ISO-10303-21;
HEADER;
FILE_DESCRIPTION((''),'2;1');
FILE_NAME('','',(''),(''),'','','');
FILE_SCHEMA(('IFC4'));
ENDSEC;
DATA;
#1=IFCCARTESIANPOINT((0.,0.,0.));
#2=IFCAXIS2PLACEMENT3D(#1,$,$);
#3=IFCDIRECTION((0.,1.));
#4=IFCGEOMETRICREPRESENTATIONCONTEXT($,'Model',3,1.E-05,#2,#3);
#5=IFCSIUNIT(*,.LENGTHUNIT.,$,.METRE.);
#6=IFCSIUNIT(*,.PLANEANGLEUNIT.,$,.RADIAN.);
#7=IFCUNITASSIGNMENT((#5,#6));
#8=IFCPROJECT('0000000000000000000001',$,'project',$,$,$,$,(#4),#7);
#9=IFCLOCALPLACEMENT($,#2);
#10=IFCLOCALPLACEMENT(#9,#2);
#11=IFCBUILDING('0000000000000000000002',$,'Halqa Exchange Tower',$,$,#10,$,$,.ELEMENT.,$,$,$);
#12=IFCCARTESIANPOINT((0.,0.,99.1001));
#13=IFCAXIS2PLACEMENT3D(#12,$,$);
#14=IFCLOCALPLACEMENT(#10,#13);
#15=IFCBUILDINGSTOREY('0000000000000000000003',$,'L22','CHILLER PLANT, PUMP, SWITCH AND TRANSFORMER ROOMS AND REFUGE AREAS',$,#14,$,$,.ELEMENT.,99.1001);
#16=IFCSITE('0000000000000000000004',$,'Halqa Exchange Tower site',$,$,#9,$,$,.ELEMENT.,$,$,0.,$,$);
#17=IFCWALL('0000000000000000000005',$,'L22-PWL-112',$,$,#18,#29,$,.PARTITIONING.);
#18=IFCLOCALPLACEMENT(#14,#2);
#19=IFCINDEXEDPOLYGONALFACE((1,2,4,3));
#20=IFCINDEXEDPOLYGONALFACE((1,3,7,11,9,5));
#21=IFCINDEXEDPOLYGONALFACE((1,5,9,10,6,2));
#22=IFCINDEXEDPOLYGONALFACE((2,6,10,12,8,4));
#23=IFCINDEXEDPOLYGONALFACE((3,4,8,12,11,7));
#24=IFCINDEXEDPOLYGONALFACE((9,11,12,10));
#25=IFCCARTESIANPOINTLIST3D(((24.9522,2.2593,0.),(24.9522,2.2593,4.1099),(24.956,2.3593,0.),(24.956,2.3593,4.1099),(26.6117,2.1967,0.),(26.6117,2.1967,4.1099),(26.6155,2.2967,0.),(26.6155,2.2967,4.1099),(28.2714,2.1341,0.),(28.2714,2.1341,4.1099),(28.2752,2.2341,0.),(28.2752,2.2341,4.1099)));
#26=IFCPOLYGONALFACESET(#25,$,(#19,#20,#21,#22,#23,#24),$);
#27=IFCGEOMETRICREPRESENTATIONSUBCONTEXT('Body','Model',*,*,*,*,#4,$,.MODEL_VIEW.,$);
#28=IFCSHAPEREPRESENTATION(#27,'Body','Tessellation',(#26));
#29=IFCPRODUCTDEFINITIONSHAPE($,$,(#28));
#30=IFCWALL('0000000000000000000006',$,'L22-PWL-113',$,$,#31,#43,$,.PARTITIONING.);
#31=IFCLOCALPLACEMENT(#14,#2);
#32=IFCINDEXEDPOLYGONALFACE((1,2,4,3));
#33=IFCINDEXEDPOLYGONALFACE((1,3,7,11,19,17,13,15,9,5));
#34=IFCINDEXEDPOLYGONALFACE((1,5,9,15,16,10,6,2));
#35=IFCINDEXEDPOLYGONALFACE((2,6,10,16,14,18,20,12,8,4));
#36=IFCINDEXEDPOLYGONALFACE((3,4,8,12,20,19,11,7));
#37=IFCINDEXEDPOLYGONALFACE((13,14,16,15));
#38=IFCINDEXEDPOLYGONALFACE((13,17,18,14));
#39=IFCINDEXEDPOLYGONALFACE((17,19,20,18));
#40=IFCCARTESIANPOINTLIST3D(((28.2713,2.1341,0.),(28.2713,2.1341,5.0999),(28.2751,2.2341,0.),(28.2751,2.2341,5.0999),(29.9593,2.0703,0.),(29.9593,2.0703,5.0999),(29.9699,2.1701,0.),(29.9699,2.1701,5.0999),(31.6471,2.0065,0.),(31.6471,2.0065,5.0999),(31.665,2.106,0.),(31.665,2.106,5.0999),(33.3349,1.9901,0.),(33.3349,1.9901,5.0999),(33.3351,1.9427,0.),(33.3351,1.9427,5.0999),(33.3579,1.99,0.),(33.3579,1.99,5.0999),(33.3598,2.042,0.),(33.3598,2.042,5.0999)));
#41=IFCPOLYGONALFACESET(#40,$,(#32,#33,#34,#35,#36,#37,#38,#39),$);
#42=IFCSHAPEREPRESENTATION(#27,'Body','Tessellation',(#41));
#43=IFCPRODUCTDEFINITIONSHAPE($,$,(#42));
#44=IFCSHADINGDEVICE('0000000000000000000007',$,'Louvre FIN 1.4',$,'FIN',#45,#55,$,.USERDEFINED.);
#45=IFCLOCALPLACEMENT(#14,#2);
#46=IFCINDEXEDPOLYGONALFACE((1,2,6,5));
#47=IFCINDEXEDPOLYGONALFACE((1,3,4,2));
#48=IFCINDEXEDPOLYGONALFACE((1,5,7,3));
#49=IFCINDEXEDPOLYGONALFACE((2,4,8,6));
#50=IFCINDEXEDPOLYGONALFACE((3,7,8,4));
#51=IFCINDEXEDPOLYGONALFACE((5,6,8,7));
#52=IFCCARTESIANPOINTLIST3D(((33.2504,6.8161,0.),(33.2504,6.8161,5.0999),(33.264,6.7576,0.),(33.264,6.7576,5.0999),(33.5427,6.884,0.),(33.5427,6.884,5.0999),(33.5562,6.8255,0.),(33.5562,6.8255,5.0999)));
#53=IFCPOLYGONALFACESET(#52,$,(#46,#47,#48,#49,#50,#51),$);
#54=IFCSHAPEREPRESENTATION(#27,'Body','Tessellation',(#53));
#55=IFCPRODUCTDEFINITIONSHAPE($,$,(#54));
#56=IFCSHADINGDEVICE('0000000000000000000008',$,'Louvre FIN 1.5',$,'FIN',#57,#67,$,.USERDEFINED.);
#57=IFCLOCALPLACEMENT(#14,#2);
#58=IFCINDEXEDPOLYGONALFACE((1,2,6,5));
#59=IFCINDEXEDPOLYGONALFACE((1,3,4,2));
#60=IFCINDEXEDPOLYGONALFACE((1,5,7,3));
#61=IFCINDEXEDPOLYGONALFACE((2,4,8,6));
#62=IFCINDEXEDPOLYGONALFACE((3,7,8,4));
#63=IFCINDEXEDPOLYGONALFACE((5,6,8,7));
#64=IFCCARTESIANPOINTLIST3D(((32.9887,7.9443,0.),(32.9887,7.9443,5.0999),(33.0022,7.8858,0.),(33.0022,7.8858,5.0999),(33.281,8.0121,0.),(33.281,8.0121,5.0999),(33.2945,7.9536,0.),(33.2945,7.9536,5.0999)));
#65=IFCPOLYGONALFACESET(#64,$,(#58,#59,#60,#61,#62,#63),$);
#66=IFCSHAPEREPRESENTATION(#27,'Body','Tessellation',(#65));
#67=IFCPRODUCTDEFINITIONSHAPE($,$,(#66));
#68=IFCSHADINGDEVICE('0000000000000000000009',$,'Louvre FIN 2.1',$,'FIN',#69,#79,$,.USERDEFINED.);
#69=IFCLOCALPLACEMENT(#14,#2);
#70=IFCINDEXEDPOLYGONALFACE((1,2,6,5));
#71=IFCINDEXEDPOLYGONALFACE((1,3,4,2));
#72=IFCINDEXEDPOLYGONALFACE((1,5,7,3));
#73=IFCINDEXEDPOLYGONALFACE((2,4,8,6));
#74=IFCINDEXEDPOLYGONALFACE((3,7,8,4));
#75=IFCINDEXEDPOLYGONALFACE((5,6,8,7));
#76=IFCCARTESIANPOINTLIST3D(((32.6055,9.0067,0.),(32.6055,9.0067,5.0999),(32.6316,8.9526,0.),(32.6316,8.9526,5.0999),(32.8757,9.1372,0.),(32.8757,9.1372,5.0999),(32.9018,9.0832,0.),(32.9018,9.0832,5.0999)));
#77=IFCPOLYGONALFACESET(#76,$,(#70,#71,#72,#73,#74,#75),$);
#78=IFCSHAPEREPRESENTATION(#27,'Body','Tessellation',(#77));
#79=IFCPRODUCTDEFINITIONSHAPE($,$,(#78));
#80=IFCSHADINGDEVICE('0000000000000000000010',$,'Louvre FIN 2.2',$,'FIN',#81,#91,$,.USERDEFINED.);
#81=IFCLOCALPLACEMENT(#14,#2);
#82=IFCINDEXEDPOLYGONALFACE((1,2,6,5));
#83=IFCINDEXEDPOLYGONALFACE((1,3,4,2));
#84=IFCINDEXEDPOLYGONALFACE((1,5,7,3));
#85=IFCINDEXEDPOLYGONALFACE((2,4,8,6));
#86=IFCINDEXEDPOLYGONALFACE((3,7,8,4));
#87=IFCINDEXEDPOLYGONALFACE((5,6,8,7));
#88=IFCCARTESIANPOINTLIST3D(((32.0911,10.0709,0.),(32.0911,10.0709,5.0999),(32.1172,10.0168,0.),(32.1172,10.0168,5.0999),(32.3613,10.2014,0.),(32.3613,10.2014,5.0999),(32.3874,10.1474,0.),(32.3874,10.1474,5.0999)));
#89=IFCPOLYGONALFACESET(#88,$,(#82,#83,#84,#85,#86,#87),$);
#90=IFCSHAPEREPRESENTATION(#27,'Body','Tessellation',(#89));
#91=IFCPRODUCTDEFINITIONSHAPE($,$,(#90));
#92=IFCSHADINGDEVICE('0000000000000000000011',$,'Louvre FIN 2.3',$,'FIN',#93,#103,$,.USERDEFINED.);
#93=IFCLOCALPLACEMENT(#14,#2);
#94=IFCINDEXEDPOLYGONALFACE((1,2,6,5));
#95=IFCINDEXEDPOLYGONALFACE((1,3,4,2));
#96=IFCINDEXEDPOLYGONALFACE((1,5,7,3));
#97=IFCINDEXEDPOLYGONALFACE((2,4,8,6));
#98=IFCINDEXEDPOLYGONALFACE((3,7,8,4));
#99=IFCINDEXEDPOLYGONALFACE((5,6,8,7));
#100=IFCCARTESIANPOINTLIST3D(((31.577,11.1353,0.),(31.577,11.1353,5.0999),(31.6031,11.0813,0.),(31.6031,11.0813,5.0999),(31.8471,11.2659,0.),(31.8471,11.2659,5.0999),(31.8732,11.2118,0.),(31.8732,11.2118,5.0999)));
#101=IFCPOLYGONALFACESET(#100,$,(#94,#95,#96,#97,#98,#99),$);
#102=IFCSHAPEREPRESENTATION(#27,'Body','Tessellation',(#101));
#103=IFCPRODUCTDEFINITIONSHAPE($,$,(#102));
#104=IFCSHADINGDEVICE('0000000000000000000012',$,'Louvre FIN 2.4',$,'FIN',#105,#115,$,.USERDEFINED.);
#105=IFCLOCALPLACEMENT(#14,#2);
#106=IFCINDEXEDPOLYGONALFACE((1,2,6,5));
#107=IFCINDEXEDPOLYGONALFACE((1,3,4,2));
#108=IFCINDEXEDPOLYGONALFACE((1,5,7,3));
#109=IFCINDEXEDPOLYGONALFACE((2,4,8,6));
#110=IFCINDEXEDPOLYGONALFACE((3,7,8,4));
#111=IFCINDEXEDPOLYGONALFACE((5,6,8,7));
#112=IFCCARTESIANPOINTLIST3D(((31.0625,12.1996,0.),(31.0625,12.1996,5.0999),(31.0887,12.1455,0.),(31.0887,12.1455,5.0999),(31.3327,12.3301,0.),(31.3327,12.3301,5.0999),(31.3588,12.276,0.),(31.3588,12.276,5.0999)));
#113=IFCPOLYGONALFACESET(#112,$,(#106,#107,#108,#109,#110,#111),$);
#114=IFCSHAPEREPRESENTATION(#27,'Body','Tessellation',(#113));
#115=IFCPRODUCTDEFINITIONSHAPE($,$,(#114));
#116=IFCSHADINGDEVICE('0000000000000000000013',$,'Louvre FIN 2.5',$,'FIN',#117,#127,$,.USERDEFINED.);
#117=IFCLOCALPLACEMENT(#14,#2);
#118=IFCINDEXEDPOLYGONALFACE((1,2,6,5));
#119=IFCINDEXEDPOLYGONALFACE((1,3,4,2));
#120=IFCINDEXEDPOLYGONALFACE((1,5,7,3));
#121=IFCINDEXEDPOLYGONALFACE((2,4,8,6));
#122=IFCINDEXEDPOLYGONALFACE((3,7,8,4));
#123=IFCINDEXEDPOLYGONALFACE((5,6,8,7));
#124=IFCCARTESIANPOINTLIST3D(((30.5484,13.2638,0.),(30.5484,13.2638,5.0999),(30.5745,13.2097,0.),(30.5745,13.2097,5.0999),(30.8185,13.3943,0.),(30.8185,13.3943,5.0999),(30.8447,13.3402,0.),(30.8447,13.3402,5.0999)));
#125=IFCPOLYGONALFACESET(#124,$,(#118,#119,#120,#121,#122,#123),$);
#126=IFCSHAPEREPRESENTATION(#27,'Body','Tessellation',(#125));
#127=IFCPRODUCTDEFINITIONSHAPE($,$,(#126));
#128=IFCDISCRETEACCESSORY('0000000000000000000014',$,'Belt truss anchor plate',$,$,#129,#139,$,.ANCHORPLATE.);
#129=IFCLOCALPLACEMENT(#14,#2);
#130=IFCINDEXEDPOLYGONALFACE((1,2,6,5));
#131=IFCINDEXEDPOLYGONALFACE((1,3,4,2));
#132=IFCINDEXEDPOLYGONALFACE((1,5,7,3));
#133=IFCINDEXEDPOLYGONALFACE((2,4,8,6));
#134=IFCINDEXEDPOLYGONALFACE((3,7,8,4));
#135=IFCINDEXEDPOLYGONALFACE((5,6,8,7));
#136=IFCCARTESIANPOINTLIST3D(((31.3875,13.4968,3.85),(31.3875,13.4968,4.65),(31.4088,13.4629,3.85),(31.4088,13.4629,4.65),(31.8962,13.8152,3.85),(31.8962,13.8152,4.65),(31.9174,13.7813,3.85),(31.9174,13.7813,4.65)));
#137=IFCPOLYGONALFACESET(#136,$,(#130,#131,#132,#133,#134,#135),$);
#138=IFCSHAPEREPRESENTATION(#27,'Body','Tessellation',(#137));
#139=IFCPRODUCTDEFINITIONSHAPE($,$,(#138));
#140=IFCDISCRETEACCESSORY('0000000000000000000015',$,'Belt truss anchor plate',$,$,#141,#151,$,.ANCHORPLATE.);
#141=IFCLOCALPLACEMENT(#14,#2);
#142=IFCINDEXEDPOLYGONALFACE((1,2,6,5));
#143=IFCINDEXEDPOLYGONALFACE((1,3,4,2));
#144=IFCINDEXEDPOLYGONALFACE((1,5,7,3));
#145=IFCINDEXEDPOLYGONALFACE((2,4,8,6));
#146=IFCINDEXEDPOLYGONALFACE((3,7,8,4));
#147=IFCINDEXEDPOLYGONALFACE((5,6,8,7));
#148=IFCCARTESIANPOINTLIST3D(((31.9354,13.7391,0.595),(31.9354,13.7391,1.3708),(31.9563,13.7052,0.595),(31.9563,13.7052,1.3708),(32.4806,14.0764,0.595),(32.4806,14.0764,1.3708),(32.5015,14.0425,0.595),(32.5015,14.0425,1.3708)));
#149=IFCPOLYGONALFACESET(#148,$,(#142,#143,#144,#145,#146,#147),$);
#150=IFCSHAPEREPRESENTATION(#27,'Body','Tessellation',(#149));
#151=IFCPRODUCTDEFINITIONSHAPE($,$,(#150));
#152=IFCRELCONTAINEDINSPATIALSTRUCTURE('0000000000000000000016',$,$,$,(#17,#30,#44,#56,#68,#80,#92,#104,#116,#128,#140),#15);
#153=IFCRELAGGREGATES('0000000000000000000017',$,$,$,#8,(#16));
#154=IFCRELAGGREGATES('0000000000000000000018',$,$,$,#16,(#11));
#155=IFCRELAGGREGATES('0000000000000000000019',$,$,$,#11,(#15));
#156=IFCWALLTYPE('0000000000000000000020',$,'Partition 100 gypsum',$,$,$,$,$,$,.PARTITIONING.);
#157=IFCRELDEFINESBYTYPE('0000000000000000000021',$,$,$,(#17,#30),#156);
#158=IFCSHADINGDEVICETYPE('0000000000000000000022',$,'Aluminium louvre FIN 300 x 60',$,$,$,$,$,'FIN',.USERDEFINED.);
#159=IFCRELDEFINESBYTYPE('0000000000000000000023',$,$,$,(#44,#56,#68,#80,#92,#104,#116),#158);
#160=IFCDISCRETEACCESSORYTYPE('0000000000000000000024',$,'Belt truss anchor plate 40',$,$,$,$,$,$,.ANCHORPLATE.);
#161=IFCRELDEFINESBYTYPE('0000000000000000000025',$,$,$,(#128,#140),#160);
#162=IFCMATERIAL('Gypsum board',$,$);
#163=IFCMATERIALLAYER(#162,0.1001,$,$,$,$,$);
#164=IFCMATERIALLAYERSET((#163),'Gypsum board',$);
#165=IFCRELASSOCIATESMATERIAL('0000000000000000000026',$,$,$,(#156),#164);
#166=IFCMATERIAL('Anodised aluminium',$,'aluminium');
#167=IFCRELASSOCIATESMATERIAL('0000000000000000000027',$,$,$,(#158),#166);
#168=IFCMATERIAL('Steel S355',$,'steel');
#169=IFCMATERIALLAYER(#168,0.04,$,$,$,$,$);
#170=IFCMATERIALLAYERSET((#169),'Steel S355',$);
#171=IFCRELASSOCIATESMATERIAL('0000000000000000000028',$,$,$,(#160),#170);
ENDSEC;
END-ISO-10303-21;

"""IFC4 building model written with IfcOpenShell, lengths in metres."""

from ifc_helpers import new_model, si_unit, direction, frame, origin, origin_2d, place, context, subcontext, project, spatial, polyline, rectangle, outline, extrude, material, layer, layer_set, material_profile, profile_set, type_object, element, save


model = new_model("IFC4")

# Units and contexts
model_context = context("Model", 3, precision=1e-05, world=origin(), true_north=direction((0.0, 1.0)))
body_context = subcontext(model_context, "Body", "Model", "MODEL_VIEW")
ifc_project = project(units=[si_unit("LENGTHUNIT", "METRE"), si_unit("PLANEANGLEUNIT", "RADIAN")], contexts=[model_context])

# Site, building, storey
site_placement = place(None, origin())
site = spatial("IfcSite", under=ifc_project, at=site_placement, Name="Halqa Exchange Tower site", CompositionType="ELEMENT", RefElevation=0.0)
building_placement = place(site_placement, origin())
building = spatial("IfcBuilding", under=site, at=building_placement, Name="Halqa Exchange Tower", CompositionType="ELEMENT")
storey_placement = place(building_placement, frame((0.0, 0.0, 99.1001)))
storey = spatial("IfcBuildingStorey", under=building, at=storey_placement, Name="L22", Description="CHILLER PLANT, PUMP, SWITCH AND TRANSFORMER ROOMS AND REFUGE AREAS", CompositionType="ELEMENT", Elevation=99.1001)

# Shared definitions
ifc_material_1 = material(Name="Steel S355", Category="steel")

# Walls
ifc_material_2 = material(Name="Gypsum board")
ifc_layer_1 = layer(ifc_material_2, 0.1001)
ifc_layer_set_1 = layer_set([ifc_layer_1], Name="Gypsum board")
wall_type_1 = type_object("IfcWallType", Name="Partition 100 gypsum", PredefinedType="PARTITIONING", material=ifc_layer_set_1)
wall_1_placement = place(storey_placement, frame((24.9541, 2.3093, 0.0), z_axis=(0.0, 0.0, 1.0), x_axis=(0.999289, -0.037708, 0.0)))
element("IfcWall", 1, at=wall_1_placement, inside=storey, type_object=wall_type_1, Name="L22-PWL-112", PredefinedType="PARTITIONING", context=body_context, shape_type="SweptSolid", body=[
    extrude(outline(polyline([(0.0, 0.05), (0.0, -0.05), (1.6606, -0.05), (3.3215, -0.05), (3.3215, 0.05), (1.6606, 0.05), (0.0, 0.05)])), origin(), (0.0, 0.0, 1.0), 4.1099),
])
wall_2_placement = place(storey_placement, frame((28.2732, 2.1841, 0.0), z_axis=(0.0, 0.0, 1.0), x_axis=(0.999287, -0.037761, 0.0)))
element("IfcWall", 2, at=wall_2_placement, inside=storey, type_object=wall_type_1, Name="L22-PWL-113", PredefinedType="PARTITIONING", context=body_context, shape_type="SweptSolid", body=[
    extrude(outline(polyline([(0.0, -0.05), (1.6892, -0.05), (3.3782, -0.05), (5.0674, -0.05), (5.0654, -0.0027), (5.0884, -0.002), (5.0884, 0.05), (3.3923, 0.05), (1.696, 0.05), (0.0, 0.05), (0.0, -0.05)])), origin(), (0.0, 0.0, 1.0), 5.0999),
])

# Shading devices
ifc_material_3 = material(Name="Anodised aluminium", Category="aluminium")
ifc_material_profile_1 = material_profile(ifc_material_3, rectangle(XDim=0.3, YDim=0.0601, at=origin_2d()), Name="AL FIN 300x60")
ifc_profile_set_1 = profile_set([ifc_material_profile_1], Name="Anodised aluminium")
shading_device_type = type_object("IfcShadingDeviceType", Name="Aluminium louvre FIN 300 x 60", ElementType="FIN", PredefinedType="USERDEFINED", material=ifc_profile_set_1)
for number, where, z_axis, x_axis, name in (
    (3, (33.4033, 6.8208, 0.0), (0.0, 0.0, 1.0), (-0.974112, -0.226066, 0.0), "Louvre FIN 1.4"),
    (4, (33.1416, 7.949, 0.0), (0.0, 0.0, 1.0), (-0.974112, -0.226066, 0.0), "Louvre FIN 1.5"),
    (5, (32.7537, 9.0449, 0.0), (0.0, 0.0, 1.0), (-0.900384, -0.435096, 0.0), "Louvre FIN 2.1"),
    (6, (32.2393, 10.1091, 0.0), (0.0, 0.0, 1.0), (-0.900384, -0.435096, 0.0), "Louvre FIN 2.2"),
    (7, (31.7251, 11.1736, 0.0), (0.0, 0.0, 1.0), (-0.900384, -0.435096, 0.0), "Louvre FIN 2.3"),
    (8, (31.2107, 12.2378, 0.0), (0.0, 0.0, 1.0), (-0.900384, -0.435096, 0.0), "Louvre FIN 2.4"),
    (9, (30.6965, 13.302, 0.0), (0.0, 0.0, 1.0), (-0.900384, -0.435096, 0.0), "Louvre FIN 2.5"),
):
    element("IfcShadingDevice", number, at=place(storey_placement, frame(where, z_axis=z_axis, x_axis=x_axis)), inside=storey, type_object=shading_device_type, Name=name, ObjectType="FIN", PredefinedType="USERDEFINED", context=body_context, shape_type="SweptSolid", body=[
        extrude(rectangle(XDim=0.3, YDim=0.0601, at=origin_2d()), origin(), (0.0, 0.0, 1.0), 5.0999),
    ])

# Discrete accessories
ifc_layer_2 = layer(ifc_material_1, 0.04)
ifc_layer_set_2 = layer_set([ifc_layer_2], Name="Steel S355")
discrete_accessory_type = type_object("IfcDiscreteAccessoryType", Name="Belt truss anchor plate 40", PredefinedType="ANCHORPLATE", material=ifc_layer_set_2)
discrete_accessory_1_placement = place(storey_placement, frame((31.6418, 13.656, 4.25), z_axis=(0.530547, -0.847656, 0.0), x_axis=(0.847656, 0.530547, 0.0)))
element("IfcDiscreteAccessory", 10, at=discrete_accessory_1_placement, inside=storey, type_object=discrete_accessory_type, Name="Belt truss anchor plate", PredefinedType="ANCHORPLATE", context=body_context, shape_type="SweptSolid", body=[
    extrude(rectangle(XDim=0.6001, YDim=0.8, at=origin_2d()), origin(), (0.0, 0.0, 1.0), 0.04),
])
discrete_accessory_2_placement = place(storey_placement, frame((32.208, 13.9077, 0.9829), z_axis=(0.526144, -0.850396, 0.0), x_axis=(0.850396, 0.526144, 0.0)))
element("IfcDiscreteAccessory", 11, at=discrete_accessory_2_placement, inside=storey, type_object=discrete_accessory_type, Name="Belt truss anchor plate", PredefinedType="ANCHORPLATE", context=body_context, shape_type="SweptSolid", body=[
    extrude(rectangle(XDim=0.6411, YDim=0.7759, at=origin_2d()), origin(), (0.0, 0.0, 1.0), 0.0398),
])

save(model, "model.ifc")
